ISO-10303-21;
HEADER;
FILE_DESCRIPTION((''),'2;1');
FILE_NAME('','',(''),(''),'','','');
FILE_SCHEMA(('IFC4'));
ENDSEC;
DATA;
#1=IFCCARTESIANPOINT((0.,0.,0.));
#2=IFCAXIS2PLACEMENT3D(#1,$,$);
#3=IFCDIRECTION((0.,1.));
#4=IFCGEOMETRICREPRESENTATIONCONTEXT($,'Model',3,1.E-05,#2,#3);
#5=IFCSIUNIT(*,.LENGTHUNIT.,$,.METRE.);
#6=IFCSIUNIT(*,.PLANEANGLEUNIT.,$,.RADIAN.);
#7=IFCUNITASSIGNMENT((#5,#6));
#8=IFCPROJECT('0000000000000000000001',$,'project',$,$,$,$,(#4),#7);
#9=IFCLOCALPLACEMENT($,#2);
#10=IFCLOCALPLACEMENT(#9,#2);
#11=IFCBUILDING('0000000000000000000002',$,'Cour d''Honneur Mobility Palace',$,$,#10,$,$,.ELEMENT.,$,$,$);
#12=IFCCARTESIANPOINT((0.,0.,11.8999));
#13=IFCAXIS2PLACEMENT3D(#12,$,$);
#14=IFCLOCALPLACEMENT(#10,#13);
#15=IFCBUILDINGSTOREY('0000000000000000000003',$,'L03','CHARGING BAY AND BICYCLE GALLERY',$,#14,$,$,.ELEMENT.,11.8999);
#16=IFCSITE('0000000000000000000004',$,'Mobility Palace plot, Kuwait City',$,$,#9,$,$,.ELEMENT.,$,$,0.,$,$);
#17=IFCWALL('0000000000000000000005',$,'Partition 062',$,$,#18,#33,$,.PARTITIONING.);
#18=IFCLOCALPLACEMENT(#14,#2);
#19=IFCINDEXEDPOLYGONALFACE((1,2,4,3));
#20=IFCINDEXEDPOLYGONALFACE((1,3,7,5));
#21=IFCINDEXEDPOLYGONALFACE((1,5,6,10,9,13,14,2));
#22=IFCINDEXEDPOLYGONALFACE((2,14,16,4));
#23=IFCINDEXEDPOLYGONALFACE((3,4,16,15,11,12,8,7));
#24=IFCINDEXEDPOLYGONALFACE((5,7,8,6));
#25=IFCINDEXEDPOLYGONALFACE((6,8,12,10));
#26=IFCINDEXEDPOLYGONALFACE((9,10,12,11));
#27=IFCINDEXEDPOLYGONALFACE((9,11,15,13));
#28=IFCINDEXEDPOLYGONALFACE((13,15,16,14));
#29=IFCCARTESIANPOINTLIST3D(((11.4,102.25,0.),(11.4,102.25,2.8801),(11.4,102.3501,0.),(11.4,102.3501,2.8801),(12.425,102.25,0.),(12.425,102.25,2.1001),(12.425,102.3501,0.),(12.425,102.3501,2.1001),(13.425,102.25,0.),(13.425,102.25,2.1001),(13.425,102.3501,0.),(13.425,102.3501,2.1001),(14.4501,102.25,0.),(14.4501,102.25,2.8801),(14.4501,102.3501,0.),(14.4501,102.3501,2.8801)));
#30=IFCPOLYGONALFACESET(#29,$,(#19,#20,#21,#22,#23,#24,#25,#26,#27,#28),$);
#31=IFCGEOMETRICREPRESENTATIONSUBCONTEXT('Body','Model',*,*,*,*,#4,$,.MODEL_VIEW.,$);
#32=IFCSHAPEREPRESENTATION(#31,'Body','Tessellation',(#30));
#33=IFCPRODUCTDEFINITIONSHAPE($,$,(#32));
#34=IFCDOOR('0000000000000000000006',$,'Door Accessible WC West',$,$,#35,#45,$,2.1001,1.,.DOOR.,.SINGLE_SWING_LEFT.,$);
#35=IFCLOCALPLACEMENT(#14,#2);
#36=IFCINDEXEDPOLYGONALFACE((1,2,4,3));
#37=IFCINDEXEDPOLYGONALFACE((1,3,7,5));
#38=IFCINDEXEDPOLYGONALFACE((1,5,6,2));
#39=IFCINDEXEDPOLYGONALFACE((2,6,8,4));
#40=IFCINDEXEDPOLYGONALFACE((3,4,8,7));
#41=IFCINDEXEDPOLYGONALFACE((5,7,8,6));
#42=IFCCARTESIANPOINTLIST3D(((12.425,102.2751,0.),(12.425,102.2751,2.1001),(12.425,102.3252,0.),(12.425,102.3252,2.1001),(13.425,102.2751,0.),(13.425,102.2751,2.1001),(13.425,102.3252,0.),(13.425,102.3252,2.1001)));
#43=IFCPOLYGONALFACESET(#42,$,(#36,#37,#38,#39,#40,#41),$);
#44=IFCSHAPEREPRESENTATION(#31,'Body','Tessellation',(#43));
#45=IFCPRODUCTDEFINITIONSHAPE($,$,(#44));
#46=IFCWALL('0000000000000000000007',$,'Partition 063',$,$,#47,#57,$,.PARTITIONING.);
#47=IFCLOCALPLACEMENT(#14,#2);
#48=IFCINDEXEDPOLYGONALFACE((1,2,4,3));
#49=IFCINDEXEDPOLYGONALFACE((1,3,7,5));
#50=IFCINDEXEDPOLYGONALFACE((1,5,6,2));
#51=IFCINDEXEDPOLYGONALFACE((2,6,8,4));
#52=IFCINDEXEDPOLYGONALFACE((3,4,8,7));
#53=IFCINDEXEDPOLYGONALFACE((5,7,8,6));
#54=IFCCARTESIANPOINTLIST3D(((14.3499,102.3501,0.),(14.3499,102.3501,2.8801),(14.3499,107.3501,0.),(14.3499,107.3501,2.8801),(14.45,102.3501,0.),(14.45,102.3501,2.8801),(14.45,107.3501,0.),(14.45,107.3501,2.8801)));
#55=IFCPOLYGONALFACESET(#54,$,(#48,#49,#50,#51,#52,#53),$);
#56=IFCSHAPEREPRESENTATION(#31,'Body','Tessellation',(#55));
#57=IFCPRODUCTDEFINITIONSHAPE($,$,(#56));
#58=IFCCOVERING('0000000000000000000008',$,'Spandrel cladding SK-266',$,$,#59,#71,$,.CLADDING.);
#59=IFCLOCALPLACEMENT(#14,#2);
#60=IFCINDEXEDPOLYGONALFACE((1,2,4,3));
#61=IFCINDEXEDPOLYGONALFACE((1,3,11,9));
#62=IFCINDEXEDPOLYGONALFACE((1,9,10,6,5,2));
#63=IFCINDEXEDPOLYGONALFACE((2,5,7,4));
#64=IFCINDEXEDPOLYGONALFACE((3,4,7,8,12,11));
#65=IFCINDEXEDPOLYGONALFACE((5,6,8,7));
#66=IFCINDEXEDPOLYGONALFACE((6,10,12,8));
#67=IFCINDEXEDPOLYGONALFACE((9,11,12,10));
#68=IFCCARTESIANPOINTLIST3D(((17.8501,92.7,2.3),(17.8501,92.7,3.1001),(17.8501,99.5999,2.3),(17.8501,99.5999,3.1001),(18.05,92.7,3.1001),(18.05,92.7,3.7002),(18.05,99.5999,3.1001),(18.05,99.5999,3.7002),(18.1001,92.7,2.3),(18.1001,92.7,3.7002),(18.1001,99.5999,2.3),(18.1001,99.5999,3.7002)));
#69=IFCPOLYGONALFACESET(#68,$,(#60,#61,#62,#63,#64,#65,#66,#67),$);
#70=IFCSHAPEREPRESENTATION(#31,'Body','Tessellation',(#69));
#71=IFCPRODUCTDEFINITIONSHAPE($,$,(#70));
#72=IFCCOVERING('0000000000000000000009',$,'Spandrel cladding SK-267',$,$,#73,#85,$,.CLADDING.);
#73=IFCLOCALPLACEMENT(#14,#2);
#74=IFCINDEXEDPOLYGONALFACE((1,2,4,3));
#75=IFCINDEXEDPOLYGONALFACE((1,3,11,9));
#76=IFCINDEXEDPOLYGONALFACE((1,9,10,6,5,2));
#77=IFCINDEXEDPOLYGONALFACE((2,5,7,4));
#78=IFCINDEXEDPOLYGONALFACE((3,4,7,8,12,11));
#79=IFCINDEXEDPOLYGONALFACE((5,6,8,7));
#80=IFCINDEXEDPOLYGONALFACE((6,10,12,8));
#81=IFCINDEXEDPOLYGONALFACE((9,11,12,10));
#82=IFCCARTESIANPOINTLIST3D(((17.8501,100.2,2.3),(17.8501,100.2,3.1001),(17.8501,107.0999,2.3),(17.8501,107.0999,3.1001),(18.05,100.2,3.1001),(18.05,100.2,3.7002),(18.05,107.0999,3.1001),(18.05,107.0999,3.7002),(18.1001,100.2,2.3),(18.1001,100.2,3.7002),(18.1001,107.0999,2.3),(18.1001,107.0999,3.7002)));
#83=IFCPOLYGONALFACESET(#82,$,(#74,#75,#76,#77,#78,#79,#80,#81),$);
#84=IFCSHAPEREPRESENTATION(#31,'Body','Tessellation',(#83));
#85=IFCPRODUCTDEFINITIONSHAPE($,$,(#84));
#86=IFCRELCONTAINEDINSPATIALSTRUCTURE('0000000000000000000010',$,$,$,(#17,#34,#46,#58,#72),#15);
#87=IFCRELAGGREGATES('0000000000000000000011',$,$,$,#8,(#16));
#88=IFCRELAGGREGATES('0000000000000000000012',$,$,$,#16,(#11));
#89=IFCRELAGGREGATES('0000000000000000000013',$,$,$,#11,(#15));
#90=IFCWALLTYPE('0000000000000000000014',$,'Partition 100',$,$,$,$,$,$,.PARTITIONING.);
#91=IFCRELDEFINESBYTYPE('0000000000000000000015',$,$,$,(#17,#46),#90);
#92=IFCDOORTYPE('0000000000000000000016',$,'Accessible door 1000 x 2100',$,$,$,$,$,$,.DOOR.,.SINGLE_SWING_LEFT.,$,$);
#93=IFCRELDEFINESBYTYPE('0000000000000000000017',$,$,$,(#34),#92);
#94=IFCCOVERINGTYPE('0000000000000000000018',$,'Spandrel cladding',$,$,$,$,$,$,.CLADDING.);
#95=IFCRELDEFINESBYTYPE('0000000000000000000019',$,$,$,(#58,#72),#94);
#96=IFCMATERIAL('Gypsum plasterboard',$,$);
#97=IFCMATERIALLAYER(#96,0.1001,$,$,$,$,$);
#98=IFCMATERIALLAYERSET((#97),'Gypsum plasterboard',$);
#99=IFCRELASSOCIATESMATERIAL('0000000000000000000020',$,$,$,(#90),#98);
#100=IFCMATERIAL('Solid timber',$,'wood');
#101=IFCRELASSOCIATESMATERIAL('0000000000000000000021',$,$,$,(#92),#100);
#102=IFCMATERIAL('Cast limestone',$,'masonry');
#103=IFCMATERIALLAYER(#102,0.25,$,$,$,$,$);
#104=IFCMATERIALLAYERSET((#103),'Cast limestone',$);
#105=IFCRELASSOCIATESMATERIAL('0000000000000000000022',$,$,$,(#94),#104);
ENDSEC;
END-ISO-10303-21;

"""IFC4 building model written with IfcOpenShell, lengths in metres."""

from ifc_helpers import new_model, si_unit, direction, frame, frame_2d, origin, place, context, subcontext, project, spatial, polyline, rectangle, outline, extrude, material, layer, layer_set, type_object, element, fill, save


model = new_model("IFC4")

# Units and contexts
model_context = context("Model", 3, precision=1e-05, world=origin(), true_north=direction((0.0, 1.0)))
body_context = subcontext(model_context, "Body", "Model", "MODEL_VIEW")
ifc_project = project(units=[si_unit("LENGTHUNIT", "METRE"), si_unit("PLANEANGLEUNIT", "RADIAN")], contexts=[model_context])

# Site, building, storey
site_placement = place(None, origin())
site = spatial("IfcSite", under=ifc_project, at=site_placement, Name="Mobility Palace plot, Kuwait City", CompositionType="ELEMENT", RefElevation=0.0)
building_placement = place(site_placement, origin())
building = spatial("IfcBuilding", under=site, at=building_placement, Name="Cour d'Honneur Mobility Palace", CompositionType="ELEMENT")
storey_placement = place(building_placement, frame((0.0, 0.0, 11.8999)))
storey = spatial("IfcBuildingStorey", under=building, at=storey_placement, Name="L03", Description="CHARGING BAY AND BICYCLE GALLERY", CompositionType="ELEMENT", Elevation=11.8999)

# Shared definitions
ifc_material_1 = material(Name="Gypsum plasterboard")
ifc_layer_1 = layer(ifc_material_1, 0.1001)
ifc_layer_set_1 = layer_set([ifc_layer_1], Name="Gypsum plasterboard")
wall_type = type_object("IfcWallType", Name="Partition 100", PredefinedType="PARTITIONING", material=ifc_layer_set_1)

# Wall, opening, door
wall_1_placement = place(storey_placement, frame((14.45, 102.3, 0.0), z_axis=(0.0, 0.0, 1.0), x_axis=(-1.0, 0.0, 0.0)))
wall_1 = element("IfcWall", 1, at=wall_1_placement, inside=storey, type_object=wall_type, Name="Partition 062", PredefinedType="PARTITIONING", context=body_context, shape_type="SweptSolid", body=[
    extrude(rectangle(XDim=3.05, YDim=0.1001, at=frame_2d((1.5249, 0.0))), origin(), (0.0, 0.0, 1.0), 2.8801),
])
opening_placement = place(wall_1_placement, frame((1.0249, 0.0, 0.0)))
opening = element("IfcOpeningElement", 2, at=opening_placement, cuts=wall_1, PredefinedType="OPENING", context=body_context, shape_type="SweptSolid", body=[
    extrude(rectangle(XDim=1.0, YDim=2.1001, at=frame_2d((0.5, 1.05))), frame((0.0, 0.0601, 0.0), z_axis=(0.0, -1.0, 0.0), x_axis=(1.0, 0.0, 0.0)), (0.0, 0.0, 1.0), 0.1201),
])
ifc_material_2 = material(Name="Solid timber", Category="wood")
door_type = type_object("IfcDoorType", Name="Accessible door 1000 x 2100", OperationType="SINGLE_SWING_LEFT", PredefinedType="DOOR", material=ifc_material_2)
door_placement = place(opening_placement, origin())
door = element("IfcDoor", 3, at=door_placement, inside=storey, type_object=door_type, Name="Door Accessible WC West", OperationType="SINGLE_SWING_LEFT", OverallHeight=2.1001, OverallWidth=1.0, PredefinedType="DOOR", context=body_context, shape_type="SweptSolid", body=[
    extrude(rectangle(XDim=1.0, YDim=2.1001, at=frame_2d((0.5, 1.05))), frame((0.0, 0.0249, 0.0), z_axis=(0.0, -1.0, 0.0), x_axis=(1.0, 0.0, 0.0)), (0.0, 0.0, 1.0), 0.05),
])
fill(opening, door)

# Wall
wall_2_placement = place(storey_placement, frame((14.3999, 102.3501, 0.0), z_axis=(0.0, 0.0, 1.0), x_axis=(0.0, 1.0, 0.0)))
element("IfcWall", 4, at=wall_2_placement, inside=storey, type_object=wall_type, Name="Partition 063", PredefinedType="PARTITIONING", context=body_context, shape_type="SweptSolid", body=[
    extrude(rectangle(XDim=5.0, YDim=0.1001, at=frame_2d((2.5, 0.0))), origin(), (0.0, 0.0, 1.0), 2.8801),
])

# Coverings
ifc_material_3 = material(Name="Cast limestone", Category="masonry")
ifc_layer_2 = layer(ifc_material_3, 0.25)
ifc_layer_set_2 = layer_set([ifc_layer_2], Name="Cast limestone")
covering_type = type_object("IfcCoveringType", Name="Spandrel cladding", PredefinedType="CLADDING", material=ifc_layer_set_2)
for number, where, z_axis, x_axis, name in (
    (5, (17.8501, 92.7, 2.3), (0.0, -1.0, 0.0), (1.0, 0.0, 0.0), "Spandrel cladding SK-266"),
    (6, (17.8501, 100.2, 2.3), (0.0, -1.0, 0.0), (1.0, 0.0, 0.0), "Spandrel cladding SK-267"),
):
    element("IfcCovering", number, at=place(storey_placement, frame(where, z_axis=z_axis, x_axis=x_axis)), inside=storey, type_object=covering_type, Name=name, PredefinedType="CLADDING", context=body_context, shape_type="SweptSolid", body=[
        extrude(outline(polyline([(0.0, 0.0), (0.25, 0.0), (0.25, 1.4001), (0.2, 1.4001), (0.2, 0.8), (0.0, 0.8), (0.0, 0.0)])), origin(), (0.0, 0.0, -1.0), 6.8999),
    ])

save(model, "model.ifc")
